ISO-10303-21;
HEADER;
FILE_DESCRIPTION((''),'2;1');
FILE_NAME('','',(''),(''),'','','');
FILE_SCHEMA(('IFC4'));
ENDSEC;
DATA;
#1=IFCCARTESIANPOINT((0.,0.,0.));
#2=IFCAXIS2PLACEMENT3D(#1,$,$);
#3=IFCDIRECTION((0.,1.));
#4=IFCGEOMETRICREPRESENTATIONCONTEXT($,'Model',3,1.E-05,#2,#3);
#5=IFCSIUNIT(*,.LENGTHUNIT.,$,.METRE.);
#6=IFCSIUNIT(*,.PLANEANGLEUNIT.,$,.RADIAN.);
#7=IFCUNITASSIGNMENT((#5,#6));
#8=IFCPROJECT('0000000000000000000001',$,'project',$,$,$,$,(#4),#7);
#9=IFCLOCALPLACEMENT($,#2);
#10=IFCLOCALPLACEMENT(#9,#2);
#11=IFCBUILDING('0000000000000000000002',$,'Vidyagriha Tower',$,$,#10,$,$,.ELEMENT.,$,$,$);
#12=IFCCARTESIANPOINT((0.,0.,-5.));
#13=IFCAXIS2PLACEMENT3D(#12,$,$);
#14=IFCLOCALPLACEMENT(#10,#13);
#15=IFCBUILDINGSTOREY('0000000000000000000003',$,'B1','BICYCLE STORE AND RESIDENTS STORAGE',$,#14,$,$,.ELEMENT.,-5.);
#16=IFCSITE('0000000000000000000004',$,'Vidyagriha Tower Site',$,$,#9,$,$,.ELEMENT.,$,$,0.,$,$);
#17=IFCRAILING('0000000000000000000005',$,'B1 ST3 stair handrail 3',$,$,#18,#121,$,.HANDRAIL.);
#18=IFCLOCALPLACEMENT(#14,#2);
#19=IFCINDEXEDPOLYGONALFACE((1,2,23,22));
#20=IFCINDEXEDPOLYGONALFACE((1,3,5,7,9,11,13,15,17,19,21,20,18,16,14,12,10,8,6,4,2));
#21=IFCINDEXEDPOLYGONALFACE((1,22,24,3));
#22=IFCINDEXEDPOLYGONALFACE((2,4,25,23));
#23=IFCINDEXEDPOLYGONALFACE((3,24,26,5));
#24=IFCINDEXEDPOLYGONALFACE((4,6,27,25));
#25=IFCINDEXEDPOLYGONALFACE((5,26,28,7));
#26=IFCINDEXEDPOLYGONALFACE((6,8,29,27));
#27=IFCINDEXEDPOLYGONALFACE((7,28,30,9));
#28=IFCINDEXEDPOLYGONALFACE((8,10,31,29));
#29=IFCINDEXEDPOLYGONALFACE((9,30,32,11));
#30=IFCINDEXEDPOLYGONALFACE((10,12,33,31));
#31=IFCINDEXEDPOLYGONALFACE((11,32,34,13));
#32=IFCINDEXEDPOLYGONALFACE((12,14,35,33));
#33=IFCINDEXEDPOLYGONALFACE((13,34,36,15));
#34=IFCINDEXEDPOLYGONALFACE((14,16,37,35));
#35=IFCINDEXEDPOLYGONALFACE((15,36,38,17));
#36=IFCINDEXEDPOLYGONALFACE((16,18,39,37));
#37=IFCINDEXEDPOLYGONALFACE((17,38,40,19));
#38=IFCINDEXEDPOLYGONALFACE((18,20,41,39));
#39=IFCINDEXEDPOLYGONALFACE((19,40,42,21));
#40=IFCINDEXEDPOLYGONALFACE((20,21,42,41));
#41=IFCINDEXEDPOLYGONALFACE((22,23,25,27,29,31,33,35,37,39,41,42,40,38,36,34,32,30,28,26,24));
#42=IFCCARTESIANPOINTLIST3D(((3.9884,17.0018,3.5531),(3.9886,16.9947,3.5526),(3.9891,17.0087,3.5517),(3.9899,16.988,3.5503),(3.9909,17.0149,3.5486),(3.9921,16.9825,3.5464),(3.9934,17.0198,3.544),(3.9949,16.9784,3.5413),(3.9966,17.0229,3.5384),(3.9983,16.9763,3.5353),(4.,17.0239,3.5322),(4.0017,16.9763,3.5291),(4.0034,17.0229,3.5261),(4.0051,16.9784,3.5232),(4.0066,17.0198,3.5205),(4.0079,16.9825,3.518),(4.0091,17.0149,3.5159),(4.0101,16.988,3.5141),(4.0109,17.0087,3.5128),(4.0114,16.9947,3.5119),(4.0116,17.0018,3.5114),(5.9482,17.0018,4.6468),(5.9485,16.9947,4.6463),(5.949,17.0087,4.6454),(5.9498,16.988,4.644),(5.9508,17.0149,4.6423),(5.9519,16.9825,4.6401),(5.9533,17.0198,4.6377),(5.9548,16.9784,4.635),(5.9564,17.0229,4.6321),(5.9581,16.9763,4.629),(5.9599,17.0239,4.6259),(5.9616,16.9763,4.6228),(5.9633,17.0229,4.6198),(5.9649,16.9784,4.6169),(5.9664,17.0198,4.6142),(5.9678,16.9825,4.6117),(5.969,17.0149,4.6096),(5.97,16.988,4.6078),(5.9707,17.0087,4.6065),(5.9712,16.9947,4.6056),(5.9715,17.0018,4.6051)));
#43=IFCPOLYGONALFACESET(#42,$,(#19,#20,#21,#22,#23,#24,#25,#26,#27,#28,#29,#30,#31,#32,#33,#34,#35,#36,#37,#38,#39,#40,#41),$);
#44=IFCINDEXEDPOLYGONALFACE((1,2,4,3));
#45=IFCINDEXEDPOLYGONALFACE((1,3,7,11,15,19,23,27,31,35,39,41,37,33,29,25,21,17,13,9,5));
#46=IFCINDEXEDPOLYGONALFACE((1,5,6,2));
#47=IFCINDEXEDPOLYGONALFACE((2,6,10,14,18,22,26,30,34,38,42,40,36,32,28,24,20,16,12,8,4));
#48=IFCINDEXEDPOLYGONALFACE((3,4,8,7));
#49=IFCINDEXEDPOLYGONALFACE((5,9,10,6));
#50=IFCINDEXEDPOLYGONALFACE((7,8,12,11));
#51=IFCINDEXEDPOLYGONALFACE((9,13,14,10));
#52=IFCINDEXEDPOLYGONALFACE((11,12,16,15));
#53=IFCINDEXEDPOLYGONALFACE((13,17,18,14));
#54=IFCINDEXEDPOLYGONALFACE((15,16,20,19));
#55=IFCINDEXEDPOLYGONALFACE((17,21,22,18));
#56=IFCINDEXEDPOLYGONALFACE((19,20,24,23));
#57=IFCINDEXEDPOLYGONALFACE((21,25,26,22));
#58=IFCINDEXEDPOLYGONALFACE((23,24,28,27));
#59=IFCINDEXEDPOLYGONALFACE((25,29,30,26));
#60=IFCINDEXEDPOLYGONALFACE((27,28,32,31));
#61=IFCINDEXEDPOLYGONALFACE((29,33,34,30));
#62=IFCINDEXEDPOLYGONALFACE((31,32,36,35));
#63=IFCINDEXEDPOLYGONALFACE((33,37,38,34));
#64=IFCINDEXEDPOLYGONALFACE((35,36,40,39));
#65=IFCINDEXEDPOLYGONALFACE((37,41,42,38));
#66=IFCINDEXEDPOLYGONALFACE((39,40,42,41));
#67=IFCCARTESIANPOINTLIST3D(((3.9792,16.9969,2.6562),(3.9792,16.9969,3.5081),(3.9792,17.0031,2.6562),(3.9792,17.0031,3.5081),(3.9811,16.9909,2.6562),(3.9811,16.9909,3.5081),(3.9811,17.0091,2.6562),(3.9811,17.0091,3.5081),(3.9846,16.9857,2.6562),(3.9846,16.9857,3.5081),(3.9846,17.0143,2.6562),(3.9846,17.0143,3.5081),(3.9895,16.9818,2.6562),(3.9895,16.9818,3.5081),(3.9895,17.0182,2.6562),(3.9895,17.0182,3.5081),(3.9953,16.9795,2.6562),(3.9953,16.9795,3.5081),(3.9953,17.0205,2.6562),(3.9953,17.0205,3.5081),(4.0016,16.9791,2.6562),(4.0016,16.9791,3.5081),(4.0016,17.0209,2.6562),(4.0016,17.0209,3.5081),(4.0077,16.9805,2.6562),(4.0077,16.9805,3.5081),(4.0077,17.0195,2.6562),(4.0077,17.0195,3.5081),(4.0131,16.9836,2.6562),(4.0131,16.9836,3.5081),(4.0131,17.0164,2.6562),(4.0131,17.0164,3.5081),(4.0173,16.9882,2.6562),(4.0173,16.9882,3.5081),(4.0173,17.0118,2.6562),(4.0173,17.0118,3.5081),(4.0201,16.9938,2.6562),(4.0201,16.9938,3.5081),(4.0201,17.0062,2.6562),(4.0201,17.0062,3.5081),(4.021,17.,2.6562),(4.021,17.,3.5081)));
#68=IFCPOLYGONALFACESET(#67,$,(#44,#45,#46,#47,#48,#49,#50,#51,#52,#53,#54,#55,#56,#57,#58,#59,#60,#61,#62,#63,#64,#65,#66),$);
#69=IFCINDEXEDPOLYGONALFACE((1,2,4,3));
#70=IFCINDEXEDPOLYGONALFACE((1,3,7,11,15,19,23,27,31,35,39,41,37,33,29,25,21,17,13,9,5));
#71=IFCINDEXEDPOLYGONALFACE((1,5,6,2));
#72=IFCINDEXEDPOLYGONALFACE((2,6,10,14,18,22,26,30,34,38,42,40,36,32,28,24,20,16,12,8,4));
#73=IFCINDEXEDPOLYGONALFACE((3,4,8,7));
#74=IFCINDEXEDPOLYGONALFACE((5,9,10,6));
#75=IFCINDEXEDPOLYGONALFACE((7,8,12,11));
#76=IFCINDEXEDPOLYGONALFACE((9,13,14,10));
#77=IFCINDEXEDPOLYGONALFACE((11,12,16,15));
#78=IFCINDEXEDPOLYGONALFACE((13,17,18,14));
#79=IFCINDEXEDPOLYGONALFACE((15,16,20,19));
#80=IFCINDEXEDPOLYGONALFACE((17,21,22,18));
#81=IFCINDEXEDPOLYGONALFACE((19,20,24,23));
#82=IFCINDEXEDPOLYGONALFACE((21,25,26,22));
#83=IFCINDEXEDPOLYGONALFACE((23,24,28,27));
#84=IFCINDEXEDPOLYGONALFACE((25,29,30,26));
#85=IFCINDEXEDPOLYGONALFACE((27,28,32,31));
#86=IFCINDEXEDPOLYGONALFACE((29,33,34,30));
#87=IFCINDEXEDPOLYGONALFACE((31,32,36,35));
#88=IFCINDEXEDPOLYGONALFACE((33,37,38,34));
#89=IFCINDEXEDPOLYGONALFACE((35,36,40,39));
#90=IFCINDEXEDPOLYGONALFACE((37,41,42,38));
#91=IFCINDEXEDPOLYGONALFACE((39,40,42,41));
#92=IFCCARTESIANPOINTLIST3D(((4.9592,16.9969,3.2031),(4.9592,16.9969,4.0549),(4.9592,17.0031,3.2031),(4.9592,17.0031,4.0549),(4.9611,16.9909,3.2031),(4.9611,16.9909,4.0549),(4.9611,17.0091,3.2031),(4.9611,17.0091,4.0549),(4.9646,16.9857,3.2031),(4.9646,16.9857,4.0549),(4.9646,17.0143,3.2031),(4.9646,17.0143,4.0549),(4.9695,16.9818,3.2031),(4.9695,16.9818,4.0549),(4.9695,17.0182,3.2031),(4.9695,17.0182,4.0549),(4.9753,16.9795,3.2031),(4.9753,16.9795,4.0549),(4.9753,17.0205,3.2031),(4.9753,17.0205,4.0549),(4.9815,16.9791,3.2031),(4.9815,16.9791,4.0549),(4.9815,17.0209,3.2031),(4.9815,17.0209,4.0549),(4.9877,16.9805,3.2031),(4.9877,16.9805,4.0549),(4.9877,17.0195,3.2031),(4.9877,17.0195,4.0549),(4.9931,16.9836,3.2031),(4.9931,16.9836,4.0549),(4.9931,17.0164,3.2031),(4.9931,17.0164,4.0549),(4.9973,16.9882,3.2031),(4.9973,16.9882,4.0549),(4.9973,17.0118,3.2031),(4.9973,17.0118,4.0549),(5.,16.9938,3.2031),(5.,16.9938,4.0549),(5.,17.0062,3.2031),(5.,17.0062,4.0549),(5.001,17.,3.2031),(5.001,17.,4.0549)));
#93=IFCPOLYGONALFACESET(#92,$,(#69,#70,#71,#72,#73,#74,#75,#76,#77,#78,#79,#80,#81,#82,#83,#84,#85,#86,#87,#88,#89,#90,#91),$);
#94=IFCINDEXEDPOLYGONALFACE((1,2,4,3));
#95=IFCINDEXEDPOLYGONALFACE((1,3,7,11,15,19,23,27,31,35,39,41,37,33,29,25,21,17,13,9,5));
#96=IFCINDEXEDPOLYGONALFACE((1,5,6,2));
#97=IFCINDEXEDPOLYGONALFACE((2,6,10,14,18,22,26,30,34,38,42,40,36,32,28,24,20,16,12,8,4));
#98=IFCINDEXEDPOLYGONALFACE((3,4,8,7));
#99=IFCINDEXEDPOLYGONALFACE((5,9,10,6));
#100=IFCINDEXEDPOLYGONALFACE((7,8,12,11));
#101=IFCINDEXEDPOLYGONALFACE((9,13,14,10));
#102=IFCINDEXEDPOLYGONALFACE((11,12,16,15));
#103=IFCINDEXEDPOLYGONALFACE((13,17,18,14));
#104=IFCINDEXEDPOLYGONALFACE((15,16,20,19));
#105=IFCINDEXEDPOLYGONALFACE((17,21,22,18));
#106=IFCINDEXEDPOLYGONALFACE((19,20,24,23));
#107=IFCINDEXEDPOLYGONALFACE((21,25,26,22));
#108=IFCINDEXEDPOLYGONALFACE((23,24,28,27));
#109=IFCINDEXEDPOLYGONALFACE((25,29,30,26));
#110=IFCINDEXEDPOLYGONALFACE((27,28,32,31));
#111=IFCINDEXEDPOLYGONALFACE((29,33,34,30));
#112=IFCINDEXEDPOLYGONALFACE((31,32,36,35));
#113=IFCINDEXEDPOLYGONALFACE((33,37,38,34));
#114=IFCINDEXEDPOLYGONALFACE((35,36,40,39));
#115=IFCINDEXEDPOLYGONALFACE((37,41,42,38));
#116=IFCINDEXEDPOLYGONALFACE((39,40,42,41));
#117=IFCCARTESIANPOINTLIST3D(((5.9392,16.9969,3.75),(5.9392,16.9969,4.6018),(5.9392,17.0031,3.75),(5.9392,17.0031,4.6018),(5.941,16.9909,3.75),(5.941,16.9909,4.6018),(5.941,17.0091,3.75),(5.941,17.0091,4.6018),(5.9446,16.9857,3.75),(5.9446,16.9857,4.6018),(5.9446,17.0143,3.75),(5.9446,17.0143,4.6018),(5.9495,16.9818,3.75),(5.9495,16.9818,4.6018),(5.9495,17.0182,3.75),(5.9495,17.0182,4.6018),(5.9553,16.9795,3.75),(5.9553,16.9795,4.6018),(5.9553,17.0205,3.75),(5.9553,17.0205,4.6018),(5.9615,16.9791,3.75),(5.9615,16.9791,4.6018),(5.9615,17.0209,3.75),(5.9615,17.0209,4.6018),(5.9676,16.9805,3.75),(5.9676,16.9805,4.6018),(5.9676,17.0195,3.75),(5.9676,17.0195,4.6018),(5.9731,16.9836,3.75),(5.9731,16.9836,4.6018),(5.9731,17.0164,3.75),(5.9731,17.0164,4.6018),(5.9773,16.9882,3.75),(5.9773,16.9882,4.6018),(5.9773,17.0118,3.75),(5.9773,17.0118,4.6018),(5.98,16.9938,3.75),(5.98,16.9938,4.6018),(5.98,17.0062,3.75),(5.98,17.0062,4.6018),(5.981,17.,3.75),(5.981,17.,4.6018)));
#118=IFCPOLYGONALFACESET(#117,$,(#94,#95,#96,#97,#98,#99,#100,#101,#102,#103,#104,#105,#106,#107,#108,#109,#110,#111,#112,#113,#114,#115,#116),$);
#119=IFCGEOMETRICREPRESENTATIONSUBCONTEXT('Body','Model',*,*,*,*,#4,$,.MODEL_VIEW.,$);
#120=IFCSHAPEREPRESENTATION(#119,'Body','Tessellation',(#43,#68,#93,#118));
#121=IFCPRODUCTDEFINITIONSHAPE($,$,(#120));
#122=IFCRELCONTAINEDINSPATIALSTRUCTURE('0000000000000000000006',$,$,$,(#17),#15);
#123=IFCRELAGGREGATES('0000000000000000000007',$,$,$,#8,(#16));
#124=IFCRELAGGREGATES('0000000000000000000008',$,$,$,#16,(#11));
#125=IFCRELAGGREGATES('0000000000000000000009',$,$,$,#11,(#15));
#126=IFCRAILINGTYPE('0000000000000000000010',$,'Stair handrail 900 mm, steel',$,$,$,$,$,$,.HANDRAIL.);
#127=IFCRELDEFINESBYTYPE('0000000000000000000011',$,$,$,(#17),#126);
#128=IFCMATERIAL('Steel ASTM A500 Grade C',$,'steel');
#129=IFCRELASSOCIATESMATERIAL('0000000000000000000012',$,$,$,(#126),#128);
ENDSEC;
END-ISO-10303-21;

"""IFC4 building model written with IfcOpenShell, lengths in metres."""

from ifc_helpers import new_model, si_unit, direction, frame, origin, origin_2d, place, context, subcontext, project, spatial, circle, extrude, material, type_object, element, save


model = new_model("IFC4")

# Units and contexts
model_context = context("Model", 3, precision=1e-05, world=origin(), true_north=direction((0.0, 1.0)))
body_context = subcontext(model_context, "Body", "Model", "MODEL_VIEW")
ifc_project = project(units=[si_unit("LENGTHUNIT", "METRE"), si_unit("PLANEANGLEUNIT", "RADIAN")], contexts=[model_context])

# Site, building, storey
site_placement = place(None, origin())
site = spatial("IfcSite", under=ifc_project, at=site_placement, Name="Vidyagriha Tower Site", CompositionType="ELEMENT", RefElevation=0.0)
building_placement = place(site_placement, origin())
building = spatial("IfcBuilding", under=site, at=building_placement, Name="Vidyagriha Tower", CompositionType="ELEMENT")
storey_placement = place(building_placement, frame((0.0, 0.0, -5.0)))
storey = spatial("IfcBuildingStorey", under=building, at=storey_placement, Name="B1", Description="BICYCLE STORE AND RESIDENTS STORAGE", CompositionType="ELEMENT", Elevation=-5.0)

# Railing
ifc_material_1 = material(Name="Steel ASTM A500 Grade C", Category="steel")
railing_type_1 = type_object("IfcRailingType", Name="Stair handrail 900 mm, steel", PredefinedType="HANDRAIL", material=ifc_material_1)
railing_1_placement = place(storey_placement, frame((4.0, 17.0, 2.6562)))
element("IfcRailing", 1, at=railing_1_placement, inside=storey, type_object=railing_type_1, Name="B1 ST3 stair handrail 3", PredefinedType="HANDRAIL", context=body_context, shape_type="SweptSolid", body=[
    extrude(circle(Radius=0.0239, at=origin_2d()), frame((0.0, 0.0, 0.876), z_axis=(0.873232, 0.0, 0.487304), x_axis=(0.0, 1.0, 0.0)), (0.0, 0.0, 1.0), 2.2444),
    extrude(circle(Radius=0.021, at=origin_2d()), origin(), (0.0, 0.0, 1.0), 0.8518),
    extrude(circle(Radius=0.021, at=origin_2d()), frame((0.98, 0.0, 0.5469)), (0.0, 0.0, 1.0), 0.8518),
    extrude(circle(Radius=0.021, at=origin_2d()), frame((1.96, 0.0, 1.0938)), (0.0, 0.0, 1.0), 0.8518),
])

save(model, "model.ifc")
